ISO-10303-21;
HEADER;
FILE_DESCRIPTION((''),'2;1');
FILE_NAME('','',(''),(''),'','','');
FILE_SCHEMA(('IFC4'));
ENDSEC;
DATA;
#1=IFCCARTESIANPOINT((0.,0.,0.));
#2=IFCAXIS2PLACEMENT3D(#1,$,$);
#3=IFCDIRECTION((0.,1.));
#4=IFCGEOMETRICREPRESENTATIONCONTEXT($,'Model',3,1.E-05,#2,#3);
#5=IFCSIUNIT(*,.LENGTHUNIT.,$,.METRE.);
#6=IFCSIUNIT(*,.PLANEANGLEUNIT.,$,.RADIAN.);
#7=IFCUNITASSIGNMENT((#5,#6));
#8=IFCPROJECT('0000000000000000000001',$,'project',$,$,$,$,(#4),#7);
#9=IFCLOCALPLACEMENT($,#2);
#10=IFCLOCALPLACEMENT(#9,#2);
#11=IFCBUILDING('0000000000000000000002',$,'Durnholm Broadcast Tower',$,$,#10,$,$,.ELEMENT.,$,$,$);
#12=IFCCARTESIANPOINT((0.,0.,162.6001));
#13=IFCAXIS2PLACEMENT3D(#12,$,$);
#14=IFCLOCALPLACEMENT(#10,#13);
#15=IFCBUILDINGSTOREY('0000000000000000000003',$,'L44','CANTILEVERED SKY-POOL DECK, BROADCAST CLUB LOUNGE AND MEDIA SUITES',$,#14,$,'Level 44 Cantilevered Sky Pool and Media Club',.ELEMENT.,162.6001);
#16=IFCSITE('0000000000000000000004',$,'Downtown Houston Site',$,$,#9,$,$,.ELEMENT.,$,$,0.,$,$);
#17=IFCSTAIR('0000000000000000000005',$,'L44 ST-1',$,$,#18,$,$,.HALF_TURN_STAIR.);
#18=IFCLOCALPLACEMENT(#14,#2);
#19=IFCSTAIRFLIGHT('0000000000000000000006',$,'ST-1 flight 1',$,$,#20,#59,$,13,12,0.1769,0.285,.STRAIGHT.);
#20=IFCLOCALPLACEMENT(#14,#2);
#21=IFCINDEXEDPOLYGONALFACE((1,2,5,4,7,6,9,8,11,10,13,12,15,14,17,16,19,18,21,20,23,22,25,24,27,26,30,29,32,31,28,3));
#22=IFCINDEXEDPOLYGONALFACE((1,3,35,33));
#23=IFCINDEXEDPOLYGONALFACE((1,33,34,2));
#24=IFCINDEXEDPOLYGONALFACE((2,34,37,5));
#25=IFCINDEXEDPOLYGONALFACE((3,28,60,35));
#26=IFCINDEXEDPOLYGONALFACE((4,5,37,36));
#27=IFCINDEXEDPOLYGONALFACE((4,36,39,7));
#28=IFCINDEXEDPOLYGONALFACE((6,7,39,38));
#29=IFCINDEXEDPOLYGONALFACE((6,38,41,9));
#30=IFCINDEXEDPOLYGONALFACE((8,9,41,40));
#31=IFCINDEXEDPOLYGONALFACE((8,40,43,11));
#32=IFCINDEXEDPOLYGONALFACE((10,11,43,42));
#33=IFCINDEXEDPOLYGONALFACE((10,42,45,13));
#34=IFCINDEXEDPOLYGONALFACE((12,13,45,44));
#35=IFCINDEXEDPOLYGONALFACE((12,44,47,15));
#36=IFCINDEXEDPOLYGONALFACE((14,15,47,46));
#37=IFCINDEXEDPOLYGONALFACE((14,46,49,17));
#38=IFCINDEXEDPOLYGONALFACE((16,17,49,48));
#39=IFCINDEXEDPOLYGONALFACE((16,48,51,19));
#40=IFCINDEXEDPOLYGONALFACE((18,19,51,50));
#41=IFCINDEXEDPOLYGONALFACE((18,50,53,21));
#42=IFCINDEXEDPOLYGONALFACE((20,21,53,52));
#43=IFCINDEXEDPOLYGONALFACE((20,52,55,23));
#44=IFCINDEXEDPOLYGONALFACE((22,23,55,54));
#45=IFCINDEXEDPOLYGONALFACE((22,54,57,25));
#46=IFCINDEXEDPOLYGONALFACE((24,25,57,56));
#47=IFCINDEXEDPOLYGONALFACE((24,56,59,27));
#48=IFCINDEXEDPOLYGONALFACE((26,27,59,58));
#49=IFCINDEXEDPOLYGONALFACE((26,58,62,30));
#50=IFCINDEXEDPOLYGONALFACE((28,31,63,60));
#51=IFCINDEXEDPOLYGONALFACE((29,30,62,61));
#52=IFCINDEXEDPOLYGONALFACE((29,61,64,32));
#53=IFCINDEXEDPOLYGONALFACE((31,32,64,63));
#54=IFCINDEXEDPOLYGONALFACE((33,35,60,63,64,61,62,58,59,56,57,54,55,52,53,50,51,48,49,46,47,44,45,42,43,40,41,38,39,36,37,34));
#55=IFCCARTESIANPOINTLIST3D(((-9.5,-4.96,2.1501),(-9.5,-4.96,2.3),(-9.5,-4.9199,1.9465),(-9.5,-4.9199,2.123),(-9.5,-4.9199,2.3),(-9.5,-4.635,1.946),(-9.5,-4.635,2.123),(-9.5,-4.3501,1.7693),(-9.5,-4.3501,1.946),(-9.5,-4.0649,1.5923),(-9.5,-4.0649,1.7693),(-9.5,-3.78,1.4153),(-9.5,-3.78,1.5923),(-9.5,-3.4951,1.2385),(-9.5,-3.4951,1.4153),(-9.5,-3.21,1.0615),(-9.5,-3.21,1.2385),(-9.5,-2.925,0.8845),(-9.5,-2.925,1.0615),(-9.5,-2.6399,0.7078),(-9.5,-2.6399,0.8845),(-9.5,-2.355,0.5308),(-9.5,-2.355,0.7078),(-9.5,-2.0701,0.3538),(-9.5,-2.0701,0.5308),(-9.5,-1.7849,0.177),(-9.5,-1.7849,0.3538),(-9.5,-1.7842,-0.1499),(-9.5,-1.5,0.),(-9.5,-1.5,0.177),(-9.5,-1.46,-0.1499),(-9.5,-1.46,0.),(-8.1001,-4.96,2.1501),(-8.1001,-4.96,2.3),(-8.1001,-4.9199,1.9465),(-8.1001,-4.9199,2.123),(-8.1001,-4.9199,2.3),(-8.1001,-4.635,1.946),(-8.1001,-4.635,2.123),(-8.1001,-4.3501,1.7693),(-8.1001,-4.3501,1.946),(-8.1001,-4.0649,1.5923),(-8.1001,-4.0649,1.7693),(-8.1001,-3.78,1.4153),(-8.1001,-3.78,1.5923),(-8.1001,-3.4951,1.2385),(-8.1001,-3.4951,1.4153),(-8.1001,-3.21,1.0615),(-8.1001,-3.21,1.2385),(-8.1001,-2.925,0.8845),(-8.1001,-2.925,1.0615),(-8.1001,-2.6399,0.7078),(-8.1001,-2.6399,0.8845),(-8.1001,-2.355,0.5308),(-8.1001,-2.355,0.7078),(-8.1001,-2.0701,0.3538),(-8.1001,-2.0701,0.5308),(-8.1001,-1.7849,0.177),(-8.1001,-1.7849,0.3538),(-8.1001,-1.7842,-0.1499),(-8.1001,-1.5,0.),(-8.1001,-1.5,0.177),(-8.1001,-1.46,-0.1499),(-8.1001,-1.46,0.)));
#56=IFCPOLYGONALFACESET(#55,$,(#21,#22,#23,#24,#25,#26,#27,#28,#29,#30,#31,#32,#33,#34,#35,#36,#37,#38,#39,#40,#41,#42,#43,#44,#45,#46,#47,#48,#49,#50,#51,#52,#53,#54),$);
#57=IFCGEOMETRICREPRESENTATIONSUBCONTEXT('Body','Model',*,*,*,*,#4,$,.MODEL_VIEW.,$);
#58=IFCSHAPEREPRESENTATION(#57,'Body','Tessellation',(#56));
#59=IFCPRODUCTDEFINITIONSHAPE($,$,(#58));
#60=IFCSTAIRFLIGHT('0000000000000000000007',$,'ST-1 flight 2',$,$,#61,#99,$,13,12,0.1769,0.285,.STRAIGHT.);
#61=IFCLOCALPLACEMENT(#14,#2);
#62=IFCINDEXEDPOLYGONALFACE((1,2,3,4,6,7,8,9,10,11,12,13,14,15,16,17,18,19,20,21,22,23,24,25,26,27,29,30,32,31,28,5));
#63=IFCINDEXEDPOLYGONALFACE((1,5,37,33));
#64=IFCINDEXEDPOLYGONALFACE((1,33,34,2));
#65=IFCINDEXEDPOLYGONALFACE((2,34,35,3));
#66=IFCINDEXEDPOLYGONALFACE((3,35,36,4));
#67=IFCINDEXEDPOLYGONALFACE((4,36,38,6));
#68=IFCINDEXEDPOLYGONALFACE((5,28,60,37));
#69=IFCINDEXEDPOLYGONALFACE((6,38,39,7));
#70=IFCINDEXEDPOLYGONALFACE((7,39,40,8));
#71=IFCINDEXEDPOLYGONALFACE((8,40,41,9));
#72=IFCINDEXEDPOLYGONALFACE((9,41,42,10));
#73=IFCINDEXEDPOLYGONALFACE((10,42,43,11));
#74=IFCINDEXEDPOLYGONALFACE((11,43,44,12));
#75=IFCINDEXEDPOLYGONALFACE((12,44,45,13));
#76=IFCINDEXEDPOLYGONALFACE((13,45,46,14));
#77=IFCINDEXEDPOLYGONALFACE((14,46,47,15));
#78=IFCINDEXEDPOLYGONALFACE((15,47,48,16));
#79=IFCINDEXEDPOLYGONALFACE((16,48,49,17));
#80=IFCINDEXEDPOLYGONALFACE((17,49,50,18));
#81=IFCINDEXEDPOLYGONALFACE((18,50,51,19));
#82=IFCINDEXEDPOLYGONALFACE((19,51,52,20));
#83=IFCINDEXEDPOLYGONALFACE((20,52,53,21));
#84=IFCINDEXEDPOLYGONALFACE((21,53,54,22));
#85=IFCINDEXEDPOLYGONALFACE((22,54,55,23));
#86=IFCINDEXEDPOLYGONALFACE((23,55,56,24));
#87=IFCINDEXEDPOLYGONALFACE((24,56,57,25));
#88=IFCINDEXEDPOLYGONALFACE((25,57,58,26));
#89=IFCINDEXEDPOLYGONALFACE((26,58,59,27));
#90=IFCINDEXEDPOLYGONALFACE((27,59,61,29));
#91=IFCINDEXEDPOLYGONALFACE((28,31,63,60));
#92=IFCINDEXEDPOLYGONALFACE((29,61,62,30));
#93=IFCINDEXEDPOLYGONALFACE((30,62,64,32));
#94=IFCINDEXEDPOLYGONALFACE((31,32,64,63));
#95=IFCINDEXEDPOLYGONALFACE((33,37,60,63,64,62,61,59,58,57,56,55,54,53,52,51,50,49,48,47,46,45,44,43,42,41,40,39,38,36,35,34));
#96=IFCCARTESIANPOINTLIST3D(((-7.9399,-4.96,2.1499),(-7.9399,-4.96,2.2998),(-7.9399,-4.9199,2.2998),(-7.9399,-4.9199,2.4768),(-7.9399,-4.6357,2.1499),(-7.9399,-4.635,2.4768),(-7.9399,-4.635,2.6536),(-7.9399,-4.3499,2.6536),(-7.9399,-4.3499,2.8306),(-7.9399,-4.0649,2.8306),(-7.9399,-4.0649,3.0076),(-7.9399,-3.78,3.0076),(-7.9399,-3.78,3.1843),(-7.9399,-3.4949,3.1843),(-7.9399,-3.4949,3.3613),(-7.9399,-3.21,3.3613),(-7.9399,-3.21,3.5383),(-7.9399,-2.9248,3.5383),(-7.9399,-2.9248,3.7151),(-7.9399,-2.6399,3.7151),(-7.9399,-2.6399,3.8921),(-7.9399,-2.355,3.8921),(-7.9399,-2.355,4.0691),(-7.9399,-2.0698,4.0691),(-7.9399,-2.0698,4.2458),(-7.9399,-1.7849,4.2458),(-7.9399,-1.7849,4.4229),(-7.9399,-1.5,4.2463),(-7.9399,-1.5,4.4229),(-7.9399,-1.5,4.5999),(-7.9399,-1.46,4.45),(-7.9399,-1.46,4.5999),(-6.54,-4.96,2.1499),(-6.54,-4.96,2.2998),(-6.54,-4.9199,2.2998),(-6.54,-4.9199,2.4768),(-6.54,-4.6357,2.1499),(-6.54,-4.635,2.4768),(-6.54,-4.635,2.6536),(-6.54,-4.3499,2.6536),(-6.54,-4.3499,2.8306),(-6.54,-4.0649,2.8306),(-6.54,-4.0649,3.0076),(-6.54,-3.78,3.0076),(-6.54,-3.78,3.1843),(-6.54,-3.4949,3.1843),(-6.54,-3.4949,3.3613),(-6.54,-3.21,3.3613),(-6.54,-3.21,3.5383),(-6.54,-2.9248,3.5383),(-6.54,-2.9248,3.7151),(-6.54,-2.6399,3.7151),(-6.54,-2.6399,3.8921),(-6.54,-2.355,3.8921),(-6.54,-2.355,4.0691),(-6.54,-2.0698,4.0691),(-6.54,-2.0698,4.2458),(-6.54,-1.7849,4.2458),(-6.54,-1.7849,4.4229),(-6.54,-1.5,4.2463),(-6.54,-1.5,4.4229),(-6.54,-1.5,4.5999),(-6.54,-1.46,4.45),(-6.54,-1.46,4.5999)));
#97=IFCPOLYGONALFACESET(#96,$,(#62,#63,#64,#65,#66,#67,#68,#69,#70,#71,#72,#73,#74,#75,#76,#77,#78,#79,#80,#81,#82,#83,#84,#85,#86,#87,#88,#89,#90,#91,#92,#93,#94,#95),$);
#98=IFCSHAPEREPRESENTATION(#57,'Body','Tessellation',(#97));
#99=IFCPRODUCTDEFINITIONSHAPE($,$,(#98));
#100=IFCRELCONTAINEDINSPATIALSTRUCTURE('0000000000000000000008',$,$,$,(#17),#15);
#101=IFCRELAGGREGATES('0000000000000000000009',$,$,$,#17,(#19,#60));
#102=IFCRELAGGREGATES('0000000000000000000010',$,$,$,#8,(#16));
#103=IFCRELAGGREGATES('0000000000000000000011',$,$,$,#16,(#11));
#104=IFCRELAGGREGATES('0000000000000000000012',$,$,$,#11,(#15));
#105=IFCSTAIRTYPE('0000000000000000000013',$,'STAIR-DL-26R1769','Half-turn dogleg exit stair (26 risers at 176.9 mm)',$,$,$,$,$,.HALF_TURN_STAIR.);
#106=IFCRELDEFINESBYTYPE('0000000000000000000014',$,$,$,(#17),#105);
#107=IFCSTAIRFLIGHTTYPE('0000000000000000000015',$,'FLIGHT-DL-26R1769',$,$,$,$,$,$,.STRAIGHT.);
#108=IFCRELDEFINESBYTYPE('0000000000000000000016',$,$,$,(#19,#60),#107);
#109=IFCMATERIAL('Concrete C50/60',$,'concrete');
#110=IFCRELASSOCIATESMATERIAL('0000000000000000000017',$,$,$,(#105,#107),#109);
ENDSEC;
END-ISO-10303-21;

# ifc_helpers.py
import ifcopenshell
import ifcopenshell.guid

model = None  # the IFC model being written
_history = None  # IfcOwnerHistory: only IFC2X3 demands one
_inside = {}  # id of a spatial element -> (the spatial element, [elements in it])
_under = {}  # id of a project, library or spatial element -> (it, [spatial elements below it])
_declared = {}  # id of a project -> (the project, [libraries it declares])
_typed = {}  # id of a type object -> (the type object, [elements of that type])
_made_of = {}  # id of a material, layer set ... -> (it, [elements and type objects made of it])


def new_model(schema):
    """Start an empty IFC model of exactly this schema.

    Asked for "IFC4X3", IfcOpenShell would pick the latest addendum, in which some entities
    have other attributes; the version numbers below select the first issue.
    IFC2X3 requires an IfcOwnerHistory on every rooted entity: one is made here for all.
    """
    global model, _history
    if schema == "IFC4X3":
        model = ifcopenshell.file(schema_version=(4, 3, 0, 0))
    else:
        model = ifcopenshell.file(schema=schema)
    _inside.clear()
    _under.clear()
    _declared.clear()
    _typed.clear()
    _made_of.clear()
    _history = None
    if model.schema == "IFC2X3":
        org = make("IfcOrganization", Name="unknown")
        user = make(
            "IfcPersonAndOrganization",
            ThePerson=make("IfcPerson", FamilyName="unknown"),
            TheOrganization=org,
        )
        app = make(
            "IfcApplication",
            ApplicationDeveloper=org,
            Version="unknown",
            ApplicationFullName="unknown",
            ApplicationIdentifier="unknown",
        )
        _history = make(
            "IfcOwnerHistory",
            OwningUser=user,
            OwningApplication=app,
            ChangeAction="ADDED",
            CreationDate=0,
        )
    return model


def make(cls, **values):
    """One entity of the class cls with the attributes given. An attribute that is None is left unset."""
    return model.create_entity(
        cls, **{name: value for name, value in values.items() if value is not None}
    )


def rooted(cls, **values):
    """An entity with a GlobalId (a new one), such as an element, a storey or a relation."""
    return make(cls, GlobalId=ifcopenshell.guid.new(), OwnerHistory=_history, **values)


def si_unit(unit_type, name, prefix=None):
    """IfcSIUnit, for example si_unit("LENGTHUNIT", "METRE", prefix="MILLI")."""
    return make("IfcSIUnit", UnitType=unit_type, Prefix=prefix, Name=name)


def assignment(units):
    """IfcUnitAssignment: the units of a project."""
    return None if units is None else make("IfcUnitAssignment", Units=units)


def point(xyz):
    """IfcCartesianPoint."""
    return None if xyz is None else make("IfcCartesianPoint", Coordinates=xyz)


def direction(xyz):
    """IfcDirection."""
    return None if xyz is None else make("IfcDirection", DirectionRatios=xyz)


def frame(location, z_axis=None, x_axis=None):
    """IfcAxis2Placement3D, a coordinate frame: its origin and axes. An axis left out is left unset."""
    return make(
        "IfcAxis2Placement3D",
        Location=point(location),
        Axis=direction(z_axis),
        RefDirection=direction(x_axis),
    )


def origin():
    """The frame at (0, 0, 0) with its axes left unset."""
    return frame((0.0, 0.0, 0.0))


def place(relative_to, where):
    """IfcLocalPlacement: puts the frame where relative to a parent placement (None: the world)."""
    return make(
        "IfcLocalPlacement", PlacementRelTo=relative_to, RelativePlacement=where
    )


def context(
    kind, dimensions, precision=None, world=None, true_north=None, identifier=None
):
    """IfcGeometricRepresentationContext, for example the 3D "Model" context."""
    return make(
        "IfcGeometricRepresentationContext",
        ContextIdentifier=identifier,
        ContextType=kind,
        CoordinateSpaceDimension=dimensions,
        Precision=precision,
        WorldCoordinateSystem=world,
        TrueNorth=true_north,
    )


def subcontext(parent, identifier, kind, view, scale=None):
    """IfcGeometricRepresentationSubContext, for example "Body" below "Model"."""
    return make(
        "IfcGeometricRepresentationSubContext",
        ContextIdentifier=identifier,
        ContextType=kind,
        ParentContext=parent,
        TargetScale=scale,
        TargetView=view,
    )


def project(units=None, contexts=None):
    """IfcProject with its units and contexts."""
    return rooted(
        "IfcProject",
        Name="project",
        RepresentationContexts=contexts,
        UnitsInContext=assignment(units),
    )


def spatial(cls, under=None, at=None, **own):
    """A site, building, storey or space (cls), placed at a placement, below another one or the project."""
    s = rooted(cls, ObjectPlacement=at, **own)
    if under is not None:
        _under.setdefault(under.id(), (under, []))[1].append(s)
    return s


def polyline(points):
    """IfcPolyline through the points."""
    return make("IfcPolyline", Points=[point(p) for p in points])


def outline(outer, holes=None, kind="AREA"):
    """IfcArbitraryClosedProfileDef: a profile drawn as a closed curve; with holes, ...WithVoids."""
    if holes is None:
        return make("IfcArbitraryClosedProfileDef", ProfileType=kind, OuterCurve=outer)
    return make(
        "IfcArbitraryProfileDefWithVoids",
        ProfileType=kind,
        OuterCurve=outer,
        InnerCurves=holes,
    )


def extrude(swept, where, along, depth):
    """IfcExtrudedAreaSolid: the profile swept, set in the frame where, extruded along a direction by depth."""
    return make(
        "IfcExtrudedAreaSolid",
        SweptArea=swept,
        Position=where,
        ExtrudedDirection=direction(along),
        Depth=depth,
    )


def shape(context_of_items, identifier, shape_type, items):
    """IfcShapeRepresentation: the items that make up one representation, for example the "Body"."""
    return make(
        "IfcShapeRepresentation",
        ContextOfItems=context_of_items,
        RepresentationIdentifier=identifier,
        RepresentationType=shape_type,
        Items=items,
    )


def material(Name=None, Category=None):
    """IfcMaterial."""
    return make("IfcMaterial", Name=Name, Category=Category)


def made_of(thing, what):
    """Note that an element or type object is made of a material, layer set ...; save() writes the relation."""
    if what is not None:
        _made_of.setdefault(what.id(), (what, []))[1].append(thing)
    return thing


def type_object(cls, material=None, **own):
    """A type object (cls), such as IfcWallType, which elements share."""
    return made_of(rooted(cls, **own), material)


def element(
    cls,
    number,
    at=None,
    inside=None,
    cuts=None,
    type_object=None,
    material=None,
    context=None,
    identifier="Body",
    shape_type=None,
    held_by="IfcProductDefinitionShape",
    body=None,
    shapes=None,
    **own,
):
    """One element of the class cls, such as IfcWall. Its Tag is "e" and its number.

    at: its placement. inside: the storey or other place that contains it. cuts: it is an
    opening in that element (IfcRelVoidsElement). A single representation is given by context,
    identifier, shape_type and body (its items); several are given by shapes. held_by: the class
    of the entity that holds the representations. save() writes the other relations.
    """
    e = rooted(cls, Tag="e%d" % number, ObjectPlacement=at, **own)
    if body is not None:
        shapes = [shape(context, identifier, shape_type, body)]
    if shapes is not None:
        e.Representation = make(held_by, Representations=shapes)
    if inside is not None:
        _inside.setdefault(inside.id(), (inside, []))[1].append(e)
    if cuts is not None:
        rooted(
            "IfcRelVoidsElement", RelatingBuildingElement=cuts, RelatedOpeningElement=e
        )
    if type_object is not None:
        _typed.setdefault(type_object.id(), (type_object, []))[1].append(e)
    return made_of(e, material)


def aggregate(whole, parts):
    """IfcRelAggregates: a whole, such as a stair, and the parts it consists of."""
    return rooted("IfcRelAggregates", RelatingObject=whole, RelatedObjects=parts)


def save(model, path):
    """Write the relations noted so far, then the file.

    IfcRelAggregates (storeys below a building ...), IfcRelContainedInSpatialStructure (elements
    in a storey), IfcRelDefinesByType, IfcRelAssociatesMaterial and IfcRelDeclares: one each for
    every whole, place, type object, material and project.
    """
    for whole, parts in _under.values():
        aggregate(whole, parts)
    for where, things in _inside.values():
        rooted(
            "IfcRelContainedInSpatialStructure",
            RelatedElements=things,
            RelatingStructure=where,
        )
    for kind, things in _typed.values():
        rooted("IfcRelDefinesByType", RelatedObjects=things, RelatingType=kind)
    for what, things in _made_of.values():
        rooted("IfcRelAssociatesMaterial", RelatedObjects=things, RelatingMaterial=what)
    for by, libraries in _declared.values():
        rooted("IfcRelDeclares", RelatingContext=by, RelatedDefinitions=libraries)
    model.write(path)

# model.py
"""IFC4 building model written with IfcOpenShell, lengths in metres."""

from ifc_helpers import new_model, si_unit, direction, frame, origin, place, context, subcontext, project, spatial, polyline, outline, extrude, material, type_object, element, aggregate, save


model = new_model("IFC4")

# Units and contexts
model_context = context("Model", 3, precision=1e-05, world=origin(), true_north=direction((0.0, 1.0)))
body_context = subcontext(model_context, "Body", "Model", "MODEL_VIEW")
ifc_project = project(units=[si_unit("LENGTHUNIT", "METRE"), si_unit("PLANEANGLEUNIT", "RADIAN")], contexts=[model_context])

# Site, building, storey
site_placement = place(None, origin())
site = spatial("IfcSite", under=ifc_project, at=site_placement, Name="Downtown Houston Site", CompositionType="ELEMENT", RefElevation=0.0)
building_placement = place(site_placement, origin())
building = spatial("IfcBuilding", under=site, at=building_placement, Name="Durnholm Broadcast Tower", CompositionType="ELEMENT")
storey_placement = place(building_placement, frame((0.0, 0.0, 162.6001)))
storey = spatial("IfcBuildingStorey", under=building, at=storey_placement, Name="L44", Description="CANTILEVERED SKY-POOL DECK, BROADCAST CLUB LOUNGE AND MEDIA SUITES", LongName="Level 44 Cantilevered Sky Pool and Media Club", CompositionType="ELEMENT", Elevation=162.6001)

# Shared definitions
ifc_material_1 = material(Name="Concrete C50/60", Category="concrete")

# Stair
stair_type = type_object("IfcStairType", Name="STAIR-DL-26R1769", Description="Half-turn dogleg exit stair (26 risers at 176.9 mm)", PredefinedType="HALF_TURN_STAIR", material=ifc_material_1)
stair_1_placement = place(storey_placement, origin())
stair_1 = element("IfcStair", 1, at=stair_1_placement, inside=storey, type_object=stair_type, Name="L44 ST-1", PredefinedType="HALF_TURN_STAIR")

# Stair flights
stair_flight_type = type_object("IfcStairFlightType", Name="FLIGHT-DL-26R1769", PredefinedType="STRAIGHT", material=ifc_material_1)
stair_flight_1_placement = place(storey_placement, frame((-8.8, -1.5, 0.0), z_axis=(0.0, 0.0, 1.0), x_axis=(0.0, -1.0, 0.0)))
stair_flight_1 = element("IfcStairFlight", 2, at=stair_flight_1_placement, type_object=stair_flight_type, Name="ST-1 flight 1", NumberOfRisers=13, NumberOfTreads=12, PredefinedType="STRAIGHT", RiserHeight=0.1769, TreadLength=0.285, context=body_context, shape_type="SweptSolid", body=[
    extrude(outline(polyline([(-0.04, -0.1499), (-0.04, 0.0), (0.0, 0.0), (0.0, 0.177), (0.2849, 0.177), (0.2849, 0.3538), (0.5701, 0.3538), (0.5701, 0.5308), (0.855, 0.5308), (0.855, 0.7078), (1.1399, 0.7078), (1.1399, 0.8845), (1.425, 0.8845), (1.425, 1.0615), (1.71, 1.0615), (1.71, 1.2385), (1.9951, 1.2385), (1.9951, 1.4153), (2.28, 1.4153), (2.28, 1.5923), (2.5649, 1.5923), (2.5649, 1.7693), (2.8501, 1.7693), (2.8501, 1.946), (3.135, 1.946), (3.135, 2.123), (3.4199, 2.123), (3.4199, 2.3), (3.46, 2.3), (3.46, 2.1501), (3.4199, 1.9465), (0.2842, -0.1499), (-0.04, -0.1499)])), frame((0.0, 0.7, 0.0), z_axis=(0.0, -1.0, 0.0), x_axis=(1.0, 0.0, 0.0)), (0.0, 0.0, 1.0), 1.3999),
])
stair_flight_2_placement = place(storey_placement, frame((-7.24, -4.9199, 2.2998), z_axis=(0.0, 0.0, 1.0), x_axis=(0.0, 1.0, 0.0)))
stair_flight_2 = element("IfcStairFlight", 3, at=stair_flight_2_placement, type_object=stair_flight_type, Name="ST-1 flight 2", NumberOfRisers=13, NumberOfTreads=12, PredefinedType="STRAIGHT", RiserHeight=0.1769, TreadLength=0.285, context=body_context, shape_type="SweptSolid", body=[
    extrude(outline(polyline([(-0.04, -0.1499), (-0.04, 0.0), (0.0, 0.0), (0.0, 0.177), (0.2849, 0.177), (0.2849, 0.3538), (0.5701, 0.3538), (0.5701, 0.5308), (0.855, 0.5308), (0.855, 0.7078), (1.1399, 0.7078), (1.1399, 0.8845), (1.425, 0.8845), (1.425, 1.0615), (1.71, 1.0615), (1.71, 1.2385), (1.9951, 1.2385), (1.9951, 1.4153), (2.28, 1.4153), (2.28, 1.5923), (2.5649, 1.5923), (2.5649, 1.7693), (2.8501, 1.7693), (2.8501, 1.946), (3.135, 1.946), (3.135, 2.123), (3.4199, 2.123), (3.4199, 2.3), (3.46, 2.3), (3.46, 2.1501), (3.4199, 1.9465), (0.2842, -0.1499), (-0.04, -0.1499)])), frame((0.0, 0.7, 0.0), z_axis=(0.0, -1.0, 0.0), x_axis=(1.0, 0.0, 0.0)), (0.0, 0.0, 1.0), 1.3999),
])
aggregate(stair_1, [stair_flight_1, stair_flight_2])

save(model, "model.ifc")
